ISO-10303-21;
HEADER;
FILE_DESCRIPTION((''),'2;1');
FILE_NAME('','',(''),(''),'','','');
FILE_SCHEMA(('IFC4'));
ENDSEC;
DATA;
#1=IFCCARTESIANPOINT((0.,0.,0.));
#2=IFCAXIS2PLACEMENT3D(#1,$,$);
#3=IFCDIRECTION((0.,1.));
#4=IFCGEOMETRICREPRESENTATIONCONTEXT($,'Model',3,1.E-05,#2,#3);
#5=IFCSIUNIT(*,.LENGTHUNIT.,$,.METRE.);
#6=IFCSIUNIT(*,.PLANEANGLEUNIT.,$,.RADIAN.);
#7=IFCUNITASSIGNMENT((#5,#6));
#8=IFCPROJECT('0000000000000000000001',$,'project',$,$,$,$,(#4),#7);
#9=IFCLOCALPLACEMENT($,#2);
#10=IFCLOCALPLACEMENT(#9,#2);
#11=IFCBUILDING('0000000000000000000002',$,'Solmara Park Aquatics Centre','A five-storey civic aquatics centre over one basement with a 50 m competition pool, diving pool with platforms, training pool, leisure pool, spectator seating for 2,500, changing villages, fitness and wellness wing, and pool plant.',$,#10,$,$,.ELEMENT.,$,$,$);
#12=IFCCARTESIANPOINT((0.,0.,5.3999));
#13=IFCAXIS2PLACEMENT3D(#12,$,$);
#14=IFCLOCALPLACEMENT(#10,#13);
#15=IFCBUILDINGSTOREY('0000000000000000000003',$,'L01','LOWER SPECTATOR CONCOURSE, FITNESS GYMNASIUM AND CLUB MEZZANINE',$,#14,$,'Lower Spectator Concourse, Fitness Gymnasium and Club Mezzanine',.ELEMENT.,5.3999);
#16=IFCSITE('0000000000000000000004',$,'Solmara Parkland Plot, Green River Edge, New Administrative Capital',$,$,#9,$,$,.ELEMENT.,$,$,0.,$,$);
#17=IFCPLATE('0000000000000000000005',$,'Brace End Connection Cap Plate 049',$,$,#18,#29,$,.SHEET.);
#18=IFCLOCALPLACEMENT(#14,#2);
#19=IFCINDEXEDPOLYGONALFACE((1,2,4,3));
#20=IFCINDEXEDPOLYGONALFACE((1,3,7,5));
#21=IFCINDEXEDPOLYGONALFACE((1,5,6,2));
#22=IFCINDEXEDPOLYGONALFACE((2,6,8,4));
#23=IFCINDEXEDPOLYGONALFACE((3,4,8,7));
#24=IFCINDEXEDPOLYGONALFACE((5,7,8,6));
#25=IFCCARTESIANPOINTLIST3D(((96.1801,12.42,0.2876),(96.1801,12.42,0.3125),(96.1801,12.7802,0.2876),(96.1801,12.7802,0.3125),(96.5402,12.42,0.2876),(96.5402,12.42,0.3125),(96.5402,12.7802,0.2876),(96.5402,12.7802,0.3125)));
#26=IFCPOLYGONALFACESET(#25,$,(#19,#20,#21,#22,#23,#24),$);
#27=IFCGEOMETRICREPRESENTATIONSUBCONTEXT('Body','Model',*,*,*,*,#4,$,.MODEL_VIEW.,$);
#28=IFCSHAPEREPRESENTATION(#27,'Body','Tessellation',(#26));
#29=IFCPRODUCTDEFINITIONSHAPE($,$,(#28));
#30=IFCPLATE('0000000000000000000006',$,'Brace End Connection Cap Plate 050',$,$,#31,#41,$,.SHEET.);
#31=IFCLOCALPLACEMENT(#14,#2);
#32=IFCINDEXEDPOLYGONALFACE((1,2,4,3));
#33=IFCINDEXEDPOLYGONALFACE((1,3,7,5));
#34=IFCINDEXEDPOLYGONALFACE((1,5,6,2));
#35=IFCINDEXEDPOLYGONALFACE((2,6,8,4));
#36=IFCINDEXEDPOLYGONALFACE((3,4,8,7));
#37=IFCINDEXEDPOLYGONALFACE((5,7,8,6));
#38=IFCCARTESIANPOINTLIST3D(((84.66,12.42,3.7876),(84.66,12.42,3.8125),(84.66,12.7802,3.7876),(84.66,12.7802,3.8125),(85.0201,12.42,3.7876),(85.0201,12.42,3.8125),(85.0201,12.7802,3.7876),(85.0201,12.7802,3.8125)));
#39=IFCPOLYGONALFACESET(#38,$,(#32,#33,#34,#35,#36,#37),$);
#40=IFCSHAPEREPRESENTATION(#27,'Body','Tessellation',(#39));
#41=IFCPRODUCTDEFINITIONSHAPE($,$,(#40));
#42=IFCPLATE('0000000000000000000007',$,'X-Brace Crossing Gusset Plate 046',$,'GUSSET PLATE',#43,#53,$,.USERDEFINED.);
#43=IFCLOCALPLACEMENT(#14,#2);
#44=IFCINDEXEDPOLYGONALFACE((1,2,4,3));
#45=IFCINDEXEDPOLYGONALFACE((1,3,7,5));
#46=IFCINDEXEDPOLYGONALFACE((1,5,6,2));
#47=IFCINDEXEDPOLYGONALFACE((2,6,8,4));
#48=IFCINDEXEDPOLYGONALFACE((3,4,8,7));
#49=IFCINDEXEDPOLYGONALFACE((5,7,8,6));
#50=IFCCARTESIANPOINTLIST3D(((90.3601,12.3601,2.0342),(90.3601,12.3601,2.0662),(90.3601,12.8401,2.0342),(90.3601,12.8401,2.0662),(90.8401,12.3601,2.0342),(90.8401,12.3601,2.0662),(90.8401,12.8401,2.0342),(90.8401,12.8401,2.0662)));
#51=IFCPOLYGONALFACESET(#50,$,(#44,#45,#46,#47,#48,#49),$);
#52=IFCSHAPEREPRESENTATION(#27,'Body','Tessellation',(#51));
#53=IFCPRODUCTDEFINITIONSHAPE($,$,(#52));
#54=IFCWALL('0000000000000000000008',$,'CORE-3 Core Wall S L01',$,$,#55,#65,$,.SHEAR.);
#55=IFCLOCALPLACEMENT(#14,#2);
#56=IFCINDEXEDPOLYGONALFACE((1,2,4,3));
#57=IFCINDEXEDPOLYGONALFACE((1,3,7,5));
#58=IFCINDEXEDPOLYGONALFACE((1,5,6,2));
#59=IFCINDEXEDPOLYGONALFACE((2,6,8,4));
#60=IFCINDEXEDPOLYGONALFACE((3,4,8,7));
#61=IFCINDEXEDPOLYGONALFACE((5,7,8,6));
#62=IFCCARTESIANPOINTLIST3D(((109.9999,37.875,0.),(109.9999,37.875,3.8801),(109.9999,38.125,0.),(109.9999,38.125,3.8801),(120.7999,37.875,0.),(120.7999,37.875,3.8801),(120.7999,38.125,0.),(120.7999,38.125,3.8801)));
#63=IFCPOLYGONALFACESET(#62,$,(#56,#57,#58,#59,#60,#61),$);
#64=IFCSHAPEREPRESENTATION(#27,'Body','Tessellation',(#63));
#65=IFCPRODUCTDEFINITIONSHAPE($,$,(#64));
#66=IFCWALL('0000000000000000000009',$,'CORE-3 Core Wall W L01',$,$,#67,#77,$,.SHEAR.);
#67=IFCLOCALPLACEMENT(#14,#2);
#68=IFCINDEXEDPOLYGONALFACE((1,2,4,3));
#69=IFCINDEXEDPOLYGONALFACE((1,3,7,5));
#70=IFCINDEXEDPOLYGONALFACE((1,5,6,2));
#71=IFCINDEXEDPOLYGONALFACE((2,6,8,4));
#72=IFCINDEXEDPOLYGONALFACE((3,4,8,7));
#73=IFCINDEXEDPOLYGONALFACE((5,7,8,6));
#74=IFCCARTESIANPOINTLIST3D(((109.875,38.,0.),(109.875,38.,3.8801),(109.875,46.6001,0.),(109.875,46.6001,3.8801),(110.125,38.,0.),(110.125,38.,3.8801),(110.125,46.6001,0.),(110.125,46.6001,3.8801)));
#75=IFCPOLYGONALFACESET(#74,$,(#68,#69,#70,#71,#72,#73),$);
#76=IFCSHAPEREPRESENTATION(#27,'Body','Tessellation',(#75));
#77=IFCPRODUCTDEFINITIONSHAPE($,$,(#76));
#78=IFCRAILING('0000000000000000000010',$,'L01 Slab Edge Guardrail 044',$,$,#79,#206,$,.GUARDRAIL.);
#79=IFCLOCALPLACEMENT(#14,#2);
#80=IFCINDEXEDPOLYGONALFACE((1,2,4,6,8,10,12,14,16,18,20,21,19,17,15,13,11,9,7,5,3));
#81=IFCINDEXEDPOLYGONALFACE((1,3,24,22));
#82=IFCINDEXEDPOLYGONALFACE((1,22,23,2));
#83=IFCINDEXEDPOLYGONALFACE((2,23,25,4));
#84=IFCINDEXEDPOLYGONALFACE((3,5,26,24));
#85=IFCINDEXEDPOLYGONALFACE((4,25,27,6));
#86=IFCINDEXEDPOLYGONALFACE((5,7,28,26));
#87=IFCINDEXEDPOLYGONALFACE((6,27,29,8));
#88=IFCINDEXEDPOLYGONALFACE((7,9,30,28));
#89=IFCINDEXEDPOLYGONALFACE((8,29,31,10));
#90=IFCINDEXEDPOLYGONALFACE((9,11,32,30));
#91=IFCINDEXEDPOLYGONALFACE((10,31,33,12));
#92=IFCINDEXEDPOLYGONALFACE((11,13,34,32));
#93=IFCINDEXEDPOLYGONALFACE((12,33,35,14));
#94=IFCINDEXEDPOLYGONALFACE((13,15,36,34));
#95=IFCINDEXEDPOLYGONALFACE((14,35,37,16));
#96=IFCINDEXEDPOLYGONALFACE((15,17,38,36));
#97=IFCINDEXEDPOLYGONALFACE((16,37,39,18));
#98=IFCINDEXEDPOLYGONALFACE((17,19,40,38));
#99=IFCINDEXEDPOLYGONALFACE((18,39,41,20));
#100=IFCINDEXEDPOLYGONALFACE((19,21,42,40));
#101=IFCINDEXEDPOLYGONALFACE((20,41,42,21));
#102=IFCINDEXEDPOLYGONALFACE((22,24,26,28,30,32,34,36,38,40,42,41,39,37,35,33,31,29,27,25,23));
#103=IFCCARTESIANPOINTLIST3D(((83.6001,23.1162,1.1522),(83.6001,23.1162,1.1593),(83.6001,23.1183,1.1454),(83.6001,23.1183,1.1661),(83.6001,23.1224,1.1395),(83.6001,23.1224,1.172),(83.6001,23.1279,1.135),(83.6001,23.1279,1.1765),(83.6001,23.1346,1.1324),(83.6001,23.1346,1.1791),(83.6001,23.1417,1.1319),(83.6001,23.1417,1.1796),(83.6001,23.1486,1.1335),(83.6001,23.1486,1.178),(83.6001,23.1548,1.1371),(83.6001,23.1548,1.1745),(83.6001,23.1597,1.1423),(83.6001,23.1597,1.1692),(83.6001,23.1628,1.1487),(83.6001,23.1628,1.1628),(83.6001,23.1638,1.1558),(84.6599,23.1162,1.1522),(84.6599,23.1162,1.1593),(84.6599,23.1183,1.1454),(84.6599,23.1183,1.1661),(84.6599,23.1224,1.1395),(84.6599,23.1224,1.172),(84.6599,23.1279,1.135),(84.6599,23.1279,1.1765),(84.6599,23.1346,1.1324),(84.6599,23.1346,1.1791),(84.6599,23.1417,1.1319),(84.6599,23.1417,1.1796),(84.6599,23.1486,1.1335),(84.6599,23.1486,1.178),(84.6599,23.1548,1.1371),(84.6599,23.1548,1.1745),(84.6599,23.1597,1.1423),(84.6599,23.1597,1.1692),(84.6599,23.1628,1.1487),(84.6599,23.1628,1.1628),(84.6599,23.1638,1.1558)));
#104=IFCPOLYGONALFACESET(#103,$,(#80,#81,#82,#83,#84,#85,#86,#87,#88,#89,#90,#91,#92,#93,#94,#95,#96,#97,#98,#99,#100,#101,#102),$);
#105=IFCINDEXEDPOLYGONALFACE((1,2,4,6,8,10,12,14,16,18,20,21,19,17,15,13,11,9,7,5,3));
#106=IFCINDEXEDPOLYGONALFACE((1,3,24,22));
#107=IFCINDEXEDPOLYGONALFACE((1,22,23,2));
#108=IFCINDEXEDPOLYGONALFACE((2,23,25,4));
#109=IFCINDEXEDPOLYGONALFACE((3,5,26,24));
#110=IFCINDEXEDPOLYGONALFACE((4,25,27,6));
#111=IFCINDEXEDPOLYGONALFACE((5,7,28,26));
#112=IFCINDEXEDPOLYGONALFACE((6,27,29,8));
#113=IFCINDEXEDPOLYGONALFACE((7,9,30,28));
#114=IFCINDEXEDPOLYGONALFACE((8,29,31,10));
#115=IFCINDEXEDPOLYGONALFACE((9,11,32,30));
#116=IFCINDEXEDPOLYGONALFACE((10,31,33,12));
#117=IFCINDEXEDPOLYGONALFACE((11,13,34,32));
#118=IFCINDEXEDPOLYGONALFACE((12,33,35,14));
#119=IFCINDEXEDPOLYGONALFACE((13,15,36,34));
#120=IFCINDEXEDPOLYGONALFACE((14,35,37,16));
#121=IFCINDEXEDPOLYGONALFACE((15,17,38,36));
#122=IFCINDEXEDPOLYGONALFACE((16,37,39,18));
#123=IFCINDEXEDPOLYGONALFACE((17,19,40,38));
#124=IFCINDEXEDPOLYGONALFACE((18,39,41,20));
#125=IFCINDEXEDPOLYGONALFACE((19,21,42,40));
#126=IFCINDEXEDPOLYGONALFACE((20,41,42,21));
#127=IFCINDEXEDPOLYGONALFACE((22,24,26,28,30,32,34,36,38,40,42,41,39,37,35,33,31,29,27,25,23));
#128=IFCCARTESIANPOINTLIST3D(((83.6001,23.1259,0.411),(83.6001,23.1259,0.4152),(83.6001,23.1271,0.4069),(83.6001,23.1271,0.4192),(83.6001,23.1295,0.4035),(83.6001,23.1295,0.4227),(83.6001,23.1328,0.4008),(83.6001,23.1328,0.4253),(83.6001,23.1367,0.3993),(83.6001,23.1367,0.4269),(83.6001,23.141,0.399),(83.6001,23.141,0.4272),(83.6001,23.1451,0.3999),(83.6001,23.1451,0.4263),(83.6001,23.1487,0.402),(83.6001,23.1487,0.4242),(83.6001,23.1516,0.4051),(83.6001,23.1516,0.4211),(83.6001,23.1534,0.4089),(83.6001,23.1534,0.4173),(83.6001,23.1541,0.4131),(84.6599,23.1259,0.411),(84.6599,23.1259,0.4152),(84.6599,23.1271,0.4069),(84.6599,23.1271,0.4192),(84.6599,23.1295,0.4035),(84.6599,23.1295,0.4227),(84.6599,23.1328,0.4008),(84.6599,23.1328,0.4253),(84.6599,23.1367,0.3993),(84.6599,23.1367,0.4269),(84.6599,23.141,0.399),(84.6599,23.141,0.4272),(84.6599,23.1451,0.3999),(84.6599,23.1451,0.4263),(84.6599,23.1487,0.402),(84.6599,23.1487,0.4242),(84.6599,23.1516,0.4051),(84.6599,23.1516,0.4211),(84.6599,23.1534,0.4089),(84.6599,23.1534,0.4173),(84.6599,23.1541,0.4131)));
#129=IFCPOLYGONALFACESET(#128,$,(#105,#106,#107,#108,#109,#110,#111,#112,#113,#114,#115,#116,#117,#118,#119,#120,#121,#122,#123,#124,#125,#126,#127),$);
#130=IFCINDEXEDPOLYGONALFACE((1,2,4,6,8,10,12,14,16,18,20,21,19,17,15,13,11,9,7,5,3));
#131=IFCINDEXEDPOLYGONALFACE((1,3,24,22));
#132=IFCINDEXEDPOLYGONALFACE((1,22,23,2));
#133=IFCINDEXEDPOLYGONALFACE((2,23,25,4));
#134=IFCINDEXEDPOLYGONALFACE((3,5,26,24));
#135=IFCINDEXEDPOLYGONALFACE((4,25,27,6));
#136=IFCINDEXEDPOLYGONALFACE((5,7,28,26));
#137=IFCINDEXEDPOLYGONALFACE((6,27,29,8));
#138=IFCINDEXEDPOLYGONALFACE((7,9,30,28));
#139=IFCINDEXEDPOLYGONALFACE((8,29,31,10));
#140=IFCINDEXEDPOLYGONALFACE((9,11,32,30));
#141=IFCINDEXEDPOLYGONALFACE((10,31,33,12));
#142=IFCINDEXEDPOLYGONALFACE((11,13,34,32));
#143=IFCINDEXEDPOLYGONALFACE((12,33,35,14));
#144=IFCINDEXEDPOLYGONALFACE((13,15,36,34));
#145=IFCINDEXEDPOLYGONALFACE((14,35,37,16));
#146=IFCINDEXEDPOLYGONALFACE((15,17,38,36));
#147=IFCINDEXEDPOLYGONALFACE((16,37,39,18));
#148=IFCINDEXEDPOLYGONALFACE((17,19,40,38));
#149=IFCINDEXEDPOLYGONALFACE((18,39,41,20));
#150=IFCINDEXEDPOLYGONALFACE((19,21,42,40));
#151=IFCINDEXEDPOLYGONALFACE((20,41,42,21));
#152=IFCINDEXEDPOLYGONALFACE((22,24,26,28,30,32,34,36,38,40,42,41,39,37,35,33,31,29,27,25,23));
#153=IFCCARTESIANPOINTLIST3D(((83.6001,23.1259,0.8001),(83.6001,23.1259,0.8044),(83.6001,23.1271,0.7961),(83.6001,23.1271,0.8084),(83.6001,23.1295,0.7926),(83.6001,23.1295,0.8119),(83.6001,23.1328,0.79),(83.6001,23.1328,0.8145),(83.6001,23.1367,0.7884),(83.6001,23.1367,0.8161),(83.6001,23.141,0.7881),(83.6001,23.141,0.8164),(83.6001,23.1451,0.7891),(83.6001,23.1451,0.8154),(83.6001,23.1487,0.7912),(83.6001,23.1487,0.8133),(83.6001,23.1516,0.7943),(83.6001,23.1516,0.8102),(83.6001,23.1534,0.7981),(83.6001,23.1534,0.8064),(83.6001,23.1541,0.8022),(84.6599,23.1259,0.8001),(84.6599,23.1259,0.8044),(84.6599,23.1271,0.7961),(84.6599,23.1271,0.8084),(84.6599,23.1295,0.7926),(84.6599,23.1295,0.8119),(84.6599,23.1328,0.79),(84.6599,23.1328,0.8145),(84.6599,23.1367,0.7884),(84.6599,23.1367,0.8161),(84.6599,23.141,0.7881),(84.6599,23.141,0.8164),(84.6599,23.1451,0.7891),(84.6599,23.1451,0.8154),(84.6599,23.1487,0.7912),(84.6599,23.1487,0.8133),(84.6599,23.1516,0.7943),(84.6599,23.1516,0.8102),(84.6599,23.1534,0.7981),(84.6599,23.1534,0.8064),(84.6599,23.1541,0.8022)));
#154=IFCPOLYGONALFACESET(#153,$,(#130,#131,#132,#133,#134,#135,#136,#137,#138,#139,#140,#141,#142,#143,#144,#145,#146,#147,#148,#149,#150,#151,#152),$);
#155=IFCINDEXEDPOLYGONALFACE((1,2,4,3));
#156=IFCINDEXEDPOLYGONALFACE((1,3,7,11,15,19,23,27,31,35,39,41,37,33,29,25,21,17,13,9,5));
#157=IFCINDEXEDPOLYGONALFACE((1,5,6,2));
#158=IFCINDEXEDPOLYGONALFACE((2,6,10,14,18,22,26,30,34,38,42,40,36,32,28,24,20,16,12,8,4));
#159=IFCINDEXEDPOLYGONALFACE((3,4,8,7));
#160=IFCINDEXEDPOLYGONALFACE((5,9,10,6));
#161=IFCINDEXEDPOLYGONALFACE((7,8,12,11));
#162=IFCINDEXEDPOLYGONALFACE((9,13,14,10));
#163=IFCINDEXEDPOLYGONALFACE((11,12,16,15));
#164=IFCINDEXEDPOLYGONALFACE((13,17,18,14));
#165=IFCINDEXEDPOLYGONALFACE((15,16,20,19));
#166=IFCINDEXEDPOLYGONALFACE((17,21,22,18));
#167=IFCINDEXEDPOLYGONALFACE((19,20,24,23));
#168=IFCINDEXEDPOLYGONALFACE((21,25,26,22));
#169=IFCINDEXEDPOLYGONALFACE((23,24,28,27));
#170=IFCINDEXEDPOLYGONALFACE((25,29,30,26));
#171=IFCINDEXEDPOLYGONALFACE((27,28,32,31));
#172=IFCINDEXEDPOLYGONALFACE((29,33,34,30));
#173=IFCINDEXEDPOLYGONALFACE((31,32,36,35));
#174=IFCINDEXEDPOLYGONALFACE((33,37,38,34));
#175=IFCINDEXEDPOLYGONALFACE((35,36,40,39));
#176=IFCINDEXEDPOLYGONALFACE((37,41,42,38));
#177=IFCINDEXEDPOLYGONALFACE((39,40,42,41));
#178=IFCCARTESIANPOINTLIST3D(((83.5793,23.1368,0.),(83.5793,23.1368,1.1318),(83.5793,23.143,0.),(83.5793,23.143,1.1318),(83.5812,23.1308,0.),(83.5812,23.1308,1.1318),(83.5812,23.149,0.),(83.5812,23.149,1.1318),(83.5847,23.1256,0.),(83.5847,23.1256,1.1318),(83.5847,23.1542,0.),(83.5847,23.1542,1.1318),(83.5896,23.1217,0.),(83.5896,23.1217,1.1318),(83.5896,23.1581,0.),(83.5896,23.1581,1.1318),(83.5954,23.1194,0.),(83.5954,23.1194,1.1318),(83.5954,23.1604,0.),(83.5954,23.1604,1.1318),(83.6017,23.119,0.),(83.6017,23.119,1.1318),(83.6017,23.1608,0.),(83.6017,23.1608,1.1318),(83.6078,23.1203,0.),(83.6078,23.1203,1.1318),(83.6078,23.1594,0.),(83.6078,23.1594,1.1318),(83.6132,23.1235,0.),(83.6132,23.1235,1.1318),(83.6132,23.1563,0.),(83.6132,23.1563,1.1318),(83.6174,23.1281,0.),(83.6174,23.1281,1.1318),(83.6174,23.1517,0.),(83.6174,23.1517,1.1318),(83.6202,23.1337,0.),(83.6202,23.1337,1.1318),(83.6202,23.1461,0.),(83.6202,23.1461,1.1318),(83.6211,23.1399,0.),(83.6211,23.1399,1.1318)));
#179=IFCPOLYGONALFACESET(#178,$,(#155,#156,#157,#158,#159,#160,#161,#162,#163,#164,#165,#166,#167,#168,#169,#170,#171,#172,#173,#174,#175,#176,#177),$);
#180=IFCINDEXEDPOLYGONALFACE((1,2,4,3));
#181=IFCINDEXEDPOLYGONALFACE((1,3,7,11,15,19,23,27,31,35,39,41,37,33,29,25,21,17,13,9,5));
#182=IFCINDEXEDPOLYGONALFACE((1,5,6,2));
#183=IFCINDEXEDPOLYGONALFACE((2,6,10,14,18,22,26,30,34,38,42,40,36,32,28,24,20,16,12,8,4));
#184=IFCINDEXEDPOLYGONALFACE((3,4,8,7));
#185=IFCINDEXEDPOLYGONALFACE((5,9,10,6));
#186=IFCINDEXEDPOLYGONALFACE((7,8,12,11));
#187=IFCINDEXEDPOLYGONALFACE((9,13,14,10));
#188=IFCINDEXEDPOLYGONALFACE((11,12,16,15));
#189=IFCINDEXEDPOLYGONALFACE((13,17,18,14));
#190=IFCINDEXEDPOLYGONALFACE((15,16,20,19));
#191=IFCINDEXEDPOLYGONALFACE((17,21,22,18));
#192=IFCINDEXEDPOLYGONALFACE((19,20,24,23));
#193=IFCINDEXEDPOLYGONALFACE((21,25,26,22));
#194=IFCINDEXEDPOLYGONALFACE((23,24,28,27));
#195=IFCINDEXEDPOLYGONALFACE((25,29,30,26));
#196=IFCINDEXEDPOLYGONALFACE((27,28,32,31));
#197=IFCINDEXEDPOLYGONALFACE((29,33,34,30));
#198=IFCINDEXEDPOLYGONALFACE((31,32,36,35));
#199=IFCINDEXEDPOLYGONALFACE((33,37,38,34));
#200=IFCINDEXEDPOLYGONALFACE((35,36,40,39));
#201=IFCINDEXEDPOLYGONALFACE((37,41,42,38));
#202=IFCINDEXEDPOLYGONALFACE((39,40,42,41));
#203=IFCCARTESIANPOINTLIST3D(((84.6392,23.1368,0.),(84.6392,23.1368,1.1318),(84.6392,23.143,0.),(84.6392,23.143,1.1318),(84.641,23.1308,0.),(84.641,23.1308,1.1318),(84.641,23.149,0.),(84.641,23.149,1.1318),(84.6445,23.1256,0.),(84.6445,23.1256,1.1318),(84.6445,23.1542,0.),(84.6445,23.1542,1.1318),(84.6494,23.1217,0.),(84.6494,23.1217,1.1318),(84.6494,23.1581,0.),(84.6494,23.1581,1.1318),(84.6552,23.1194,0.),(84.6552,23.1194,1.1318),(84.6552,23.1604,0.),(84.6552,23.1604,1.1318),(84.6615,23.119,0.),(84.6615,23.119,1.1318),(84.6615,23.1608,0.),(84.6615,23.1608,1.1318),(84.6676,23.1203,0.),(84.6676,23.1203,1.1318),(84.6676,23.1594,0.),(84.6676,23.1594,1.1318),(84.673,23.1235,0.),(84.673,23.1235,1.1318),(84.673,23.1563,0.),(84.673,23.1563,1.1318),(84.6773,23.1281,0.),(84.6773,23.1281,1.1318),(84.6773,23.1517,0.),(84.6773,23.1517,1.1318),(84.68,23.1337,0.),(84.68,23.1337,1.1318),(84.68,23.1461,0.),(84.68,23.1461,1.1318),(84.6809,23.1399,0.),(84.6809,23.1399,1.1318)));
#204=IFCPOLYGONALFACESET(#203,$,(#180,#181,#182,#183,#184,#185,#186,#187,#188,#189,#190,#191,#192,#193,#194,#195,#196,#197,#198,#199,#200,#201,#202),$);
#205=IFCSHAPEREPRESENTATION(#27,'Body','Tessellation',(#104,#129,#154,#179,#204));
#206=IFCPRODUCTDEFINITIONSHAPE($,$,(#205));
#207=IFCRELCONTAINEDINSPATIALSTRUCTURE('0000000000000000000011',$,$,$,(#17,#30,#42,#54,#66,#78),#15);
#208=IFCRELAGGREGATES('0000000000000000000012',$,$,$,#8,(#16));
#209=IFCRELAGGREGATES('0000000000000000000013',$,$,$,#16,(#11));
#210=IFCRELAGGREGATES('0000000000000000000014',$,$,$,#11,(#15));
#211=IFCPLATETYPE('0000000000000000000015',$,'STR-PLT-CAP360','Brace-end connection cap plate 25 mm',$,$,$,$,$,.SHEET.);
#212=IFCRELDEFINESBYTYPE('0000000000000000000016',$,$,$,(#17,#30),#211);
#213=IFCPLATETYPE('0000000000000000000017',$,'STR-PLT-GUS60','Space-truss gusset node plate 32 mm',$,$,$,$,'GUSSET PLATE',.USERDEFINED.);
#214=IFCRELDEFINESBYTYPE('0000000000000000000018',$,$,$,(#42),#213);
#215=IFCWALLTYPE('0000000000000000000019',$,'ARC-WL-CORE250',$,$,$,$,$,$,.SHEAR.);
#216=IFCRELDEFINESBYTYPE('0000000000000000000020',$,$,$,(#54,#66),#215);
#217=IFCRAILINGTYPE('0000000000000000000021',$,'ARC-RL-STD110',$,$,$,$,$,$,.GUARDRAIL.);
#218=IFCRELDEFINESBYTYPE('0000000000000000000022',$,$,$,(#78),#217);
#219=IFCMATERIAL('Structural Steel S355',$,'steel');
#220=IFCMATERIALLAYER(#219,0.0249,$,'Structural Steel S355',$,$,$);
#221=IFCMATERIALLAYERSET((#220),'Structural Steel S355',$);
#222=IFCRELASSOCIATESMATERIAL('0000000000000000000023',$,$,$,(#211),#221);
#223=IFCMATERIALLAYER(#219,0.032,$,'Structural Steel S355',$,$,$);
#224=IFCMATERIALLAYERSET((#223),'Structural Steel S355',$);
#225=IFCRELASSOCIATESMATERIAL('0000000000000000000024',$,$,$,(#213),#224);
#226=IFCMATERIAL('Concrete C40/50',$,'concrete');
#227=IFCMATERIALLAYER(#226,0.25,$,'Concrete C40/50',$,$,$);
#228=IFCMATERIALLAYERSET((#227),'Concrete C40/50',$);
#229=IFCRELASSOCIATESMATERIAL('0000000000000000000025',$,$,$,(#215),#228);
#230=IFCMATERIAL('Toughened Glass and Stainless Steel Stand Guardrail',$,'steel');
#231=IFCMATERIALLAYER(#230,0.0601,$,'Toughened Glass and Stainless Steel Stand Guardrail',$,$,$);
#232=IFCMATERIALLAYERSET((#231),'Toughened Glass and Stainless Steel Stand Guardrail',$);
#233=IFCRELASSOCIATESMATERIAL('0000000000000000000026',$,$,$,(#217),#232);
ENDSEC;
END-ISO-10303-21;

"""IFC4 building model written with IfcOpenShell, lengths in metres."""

from ifc_helpers import new_model, si_unit, direction, frame, frame_2d, origin, origin_2d, place, context, subcontext, project, spatial, rectangle, circle, extrude, material, layer, layer_set, type_object, element, save


model = new_model("IFC4")

# Units and contexts
model_context = context("Model", 3, precision=1e-05, world=origin(), true_north=direction((0.0, 1.0)))
body_context = subcontext(model_context, "Body", "Model", "MODEL_VIEW")
ifc_project = project(units=[si_unit("LENGTHUNIT", "METRE"), si_unit("PLANEANGLEUNIT", "RADIAN")], contexts=[model_context])

# Site, building, storey
site_placement = place(None, origin())
site = spatial("IfcSite", under=ifc_project, at=site_placement, Name="Solmara Parkland Plot, Green River Edge, New Administrative Capital", CompositionType="ELEMENT", RefElevation=0.0)
building_placement = place(site_placement, origin())
building = spatial("IfcBuilding", under=site, at=building_placement, Name="Solmara Park Aquatics Centre", Description="A five-storey civic aquatics centre over one basement with a 50 m competition pool, diving pool with platforms, training pool, leisure pool, spectator seating for 2,500, changing villages, fitness and wellness wing, and pool plant.", CompositionType="ELEMENT")
storey_placement = place(building_placement, frame((0.0, 0.0, 5.3999)))
storey = spatial("IfcBuildingStorey", under=building, at=storey_placement, Name="L01", Description="LOWER SPECTATOR CONCOURSE, FITNESS GYMNASIUM AND CLUB MEZZANINE", LongName="Lower Spectator Concourse, Fitness Gymnasium and Club Mezzanine", CompositionType="ELEMENT", Elevation=5.3999)

# Shared definitions
ifc_material_1 = material(Name="Structural Steel S355", Category="steel")
ifc_material_2 = material(Name="Concrete C40/50", Category="concrete")

# Plates
ifc_layer_1 = layer(ifc_material_1, 0.0249, Name="Structural Steel S355")
ifc_layer_set_1 = layer_set([ifc_layer_1], Name="Structural Steel S355")
plate_type_1 = type_object("IfcPlateType", Name="STR-PLT-CAP360", Description="Brace-end connection cap plate 25 mm", PredefinedType="SHEET", material=ifc_layer_set_1)
for number, where, z_axis, x_axis, name in (
    (1, (96.3601, 12.6001, 0.2876), (0.0, 0.0, 1.0), (1.0, 0.0, 0.0), "Brace End Connection Cap Plate 049"),
    (2, (84.8401, 12.6001, 3.7876), (0.0, 0.0, 1.0), (1.0, 0.0, 0.0), "Brace End Connection Cap Plate 050"),
):
    element("IfcPlate", number, at=place(storey_placement, frame(where, z_axis=z_axis, x_axis=x_axis)), inside=storey, type_object=plate_type_1, Name=name, PredefinedType="SHEET", context=body_context, shape_type="SweptSolid", body=[
        extrude(rectangle(XDim=0.3601, YDim=0.3601, at=origin_2d()), origin(), (0.0, 0.0, 1.0), 0.0249),
    ])
ifc_layer_2 = layer(ifc_material_1, 0.032, Name="Structural Steel S355")
ifc_layer_set_2 = layer_set([ifc_layer_2], Name="Structural Steel S355")
plate_type_2 = type_object("IfcPlateType", Name="STR-PLT-GUS60", Description="Space-truss gusset node plate 32 mm", ElementType="GUSSET PLATE", PredefinedType="USERDEFINED", material=ifc_layer_set_2)
plate_1_placement = place(storey_placement, frame((90.6001, 12.6001, 2.0342), z_axis=(0.0, 0.0, 1.0), x_axis=(1.0, 0.0, 0.0)))
element("IfcPlate", 3, at=plate_1_placement, inside=storey, type_object=plate_type_2, Name="X-Brace Crossing Gusset Plate 046", ObjectType="GUSSET PLATE", PredefinedType="USERDEFINED", context=body_context, shape_type="SweptSolid", body=[
    extrude(rectangle(XDim=0.48, YDim=0.48, at=origin_2d()), origin(), (0.0, 0.0, 1.0), 0.032),
])

# Walls
ifc_layer_3 = layer(ifc_material_2, 0.25, Name="Concrete C40/50")
ifc_layer_set_3 = layer_set([ifc_layer_3], Name="Concrete C40/50")
wall_type = type_object("IfcWallType", Name="ARC-WL-CORE250", PredefinedType="SHEAR", material=ifc_layer_set_3)
wall_1_placement = place(storey_placement, frame((110.0, 38.0, 0.0), z_axis=(0.0, 0.0, 1.0), x_axis=(1.0, 0.0, 0.0)))
element("IfcWall", 4, at=wall_1_placement, inside=storey, type_object=wall_type, Name="CORE-3 Core Wall S L01", PredefinedType="SHEAR", context=body_context, shape_type="SweptSolid", body=[
    extrude(rectangle(XDim=10.8, YDim=0.25, at=frame_2d((5.3999, 0.0))), origin(), (0.0, 0.0, 1.0), 3.8801),
])
wall_2_placement = place(storey_placement, frame((110.0, 38.0, 0.0), z_axis=(0.0, 0.0, 1.0), x_axis=(0.0, 1.0, 0.0)))
element("IfcWall", 5, at=wall_2_placement, inside=storey, type_object=wall_type, Name="CORE-3 Core Wall W L01", PredefinedType="SHEAR", context=body_context, shape_type="SweptSolid", body=[
    extrude(rectangle(XDim=8.6001, YDim=0.25, at=frame_2d((4.3, 0.0))), origin(), (0.0, 0.0, 1.0), 3.8801),
])

# Railing
ifc_material_3 = material(Name="Toughened Glass and Stainless Steel Stand Guardrail", Category="steel")
ifc_layer_4 = layer(ifc_material_3, 0.0601, Name="Toughened Glass and Stainless Steel Stand Guardrail")
ifc_layer_set_4 = layer_set([ifc_layer_4], Name="Toughened Glass and Stainless Steel Stand Guardrail")
railing_type = type_object("IfcRailingType", Name="ARC-RL-STD110", PredefinedType="GUARDRAIL", material=ifc_layer_set_4)
railing_1_placement = place(storey_placement, frame((83.6001, 23.1399, 0.0)))
element("IfcRailing", 6, at=railing_1_placement, inside=storey, type_object=railing_type, Name="L01 Slab Edge Guardrail 044", PredefinedType="GUARDRAIL", context=body_context, shape_type="SweptSolid", body=[
    extrude(circle(Radius=0.0239, at=origin_2d()), frame((0.0, 0.0, 1.1558), z_axis=(1.0, 0.0, 0.0), x_axis=(0.0, 1.0, 0.0)), (0.0, 0.0, 1.0), 1.0598),
    extrude(circle(Radius=0.0142, at=origin_2d()), frame((0.0, 0.0, 0.4131), z_axis=(1.0, 0.0, 0.0), x_axis=(0.0, 1.0, 0.0)), (0.0, 0.0, 1.0), 1.0598),
    extrude(circle(Radius=0.0142, at=origin_2d()), frame((0.0, 0.0, 0.8022), z_axis=(1.0, 0.0, 0.0), x_axis=(0.0, 1.0, 0.0)), (0.0, 0.0, 1.0), 1.0598),
    extrude(circle(Radius=0.021, at=origin_2d()), origin(), (0.0, 0.0, 1.0), 1.1318),
    extrude(circle(Radius=0.021, at=origin_2d()), frame((1.0598, 0.0, 0.0)), (0.0, 0.0, 1.0), 1.1318),
])

save(model, "model.ifc")
